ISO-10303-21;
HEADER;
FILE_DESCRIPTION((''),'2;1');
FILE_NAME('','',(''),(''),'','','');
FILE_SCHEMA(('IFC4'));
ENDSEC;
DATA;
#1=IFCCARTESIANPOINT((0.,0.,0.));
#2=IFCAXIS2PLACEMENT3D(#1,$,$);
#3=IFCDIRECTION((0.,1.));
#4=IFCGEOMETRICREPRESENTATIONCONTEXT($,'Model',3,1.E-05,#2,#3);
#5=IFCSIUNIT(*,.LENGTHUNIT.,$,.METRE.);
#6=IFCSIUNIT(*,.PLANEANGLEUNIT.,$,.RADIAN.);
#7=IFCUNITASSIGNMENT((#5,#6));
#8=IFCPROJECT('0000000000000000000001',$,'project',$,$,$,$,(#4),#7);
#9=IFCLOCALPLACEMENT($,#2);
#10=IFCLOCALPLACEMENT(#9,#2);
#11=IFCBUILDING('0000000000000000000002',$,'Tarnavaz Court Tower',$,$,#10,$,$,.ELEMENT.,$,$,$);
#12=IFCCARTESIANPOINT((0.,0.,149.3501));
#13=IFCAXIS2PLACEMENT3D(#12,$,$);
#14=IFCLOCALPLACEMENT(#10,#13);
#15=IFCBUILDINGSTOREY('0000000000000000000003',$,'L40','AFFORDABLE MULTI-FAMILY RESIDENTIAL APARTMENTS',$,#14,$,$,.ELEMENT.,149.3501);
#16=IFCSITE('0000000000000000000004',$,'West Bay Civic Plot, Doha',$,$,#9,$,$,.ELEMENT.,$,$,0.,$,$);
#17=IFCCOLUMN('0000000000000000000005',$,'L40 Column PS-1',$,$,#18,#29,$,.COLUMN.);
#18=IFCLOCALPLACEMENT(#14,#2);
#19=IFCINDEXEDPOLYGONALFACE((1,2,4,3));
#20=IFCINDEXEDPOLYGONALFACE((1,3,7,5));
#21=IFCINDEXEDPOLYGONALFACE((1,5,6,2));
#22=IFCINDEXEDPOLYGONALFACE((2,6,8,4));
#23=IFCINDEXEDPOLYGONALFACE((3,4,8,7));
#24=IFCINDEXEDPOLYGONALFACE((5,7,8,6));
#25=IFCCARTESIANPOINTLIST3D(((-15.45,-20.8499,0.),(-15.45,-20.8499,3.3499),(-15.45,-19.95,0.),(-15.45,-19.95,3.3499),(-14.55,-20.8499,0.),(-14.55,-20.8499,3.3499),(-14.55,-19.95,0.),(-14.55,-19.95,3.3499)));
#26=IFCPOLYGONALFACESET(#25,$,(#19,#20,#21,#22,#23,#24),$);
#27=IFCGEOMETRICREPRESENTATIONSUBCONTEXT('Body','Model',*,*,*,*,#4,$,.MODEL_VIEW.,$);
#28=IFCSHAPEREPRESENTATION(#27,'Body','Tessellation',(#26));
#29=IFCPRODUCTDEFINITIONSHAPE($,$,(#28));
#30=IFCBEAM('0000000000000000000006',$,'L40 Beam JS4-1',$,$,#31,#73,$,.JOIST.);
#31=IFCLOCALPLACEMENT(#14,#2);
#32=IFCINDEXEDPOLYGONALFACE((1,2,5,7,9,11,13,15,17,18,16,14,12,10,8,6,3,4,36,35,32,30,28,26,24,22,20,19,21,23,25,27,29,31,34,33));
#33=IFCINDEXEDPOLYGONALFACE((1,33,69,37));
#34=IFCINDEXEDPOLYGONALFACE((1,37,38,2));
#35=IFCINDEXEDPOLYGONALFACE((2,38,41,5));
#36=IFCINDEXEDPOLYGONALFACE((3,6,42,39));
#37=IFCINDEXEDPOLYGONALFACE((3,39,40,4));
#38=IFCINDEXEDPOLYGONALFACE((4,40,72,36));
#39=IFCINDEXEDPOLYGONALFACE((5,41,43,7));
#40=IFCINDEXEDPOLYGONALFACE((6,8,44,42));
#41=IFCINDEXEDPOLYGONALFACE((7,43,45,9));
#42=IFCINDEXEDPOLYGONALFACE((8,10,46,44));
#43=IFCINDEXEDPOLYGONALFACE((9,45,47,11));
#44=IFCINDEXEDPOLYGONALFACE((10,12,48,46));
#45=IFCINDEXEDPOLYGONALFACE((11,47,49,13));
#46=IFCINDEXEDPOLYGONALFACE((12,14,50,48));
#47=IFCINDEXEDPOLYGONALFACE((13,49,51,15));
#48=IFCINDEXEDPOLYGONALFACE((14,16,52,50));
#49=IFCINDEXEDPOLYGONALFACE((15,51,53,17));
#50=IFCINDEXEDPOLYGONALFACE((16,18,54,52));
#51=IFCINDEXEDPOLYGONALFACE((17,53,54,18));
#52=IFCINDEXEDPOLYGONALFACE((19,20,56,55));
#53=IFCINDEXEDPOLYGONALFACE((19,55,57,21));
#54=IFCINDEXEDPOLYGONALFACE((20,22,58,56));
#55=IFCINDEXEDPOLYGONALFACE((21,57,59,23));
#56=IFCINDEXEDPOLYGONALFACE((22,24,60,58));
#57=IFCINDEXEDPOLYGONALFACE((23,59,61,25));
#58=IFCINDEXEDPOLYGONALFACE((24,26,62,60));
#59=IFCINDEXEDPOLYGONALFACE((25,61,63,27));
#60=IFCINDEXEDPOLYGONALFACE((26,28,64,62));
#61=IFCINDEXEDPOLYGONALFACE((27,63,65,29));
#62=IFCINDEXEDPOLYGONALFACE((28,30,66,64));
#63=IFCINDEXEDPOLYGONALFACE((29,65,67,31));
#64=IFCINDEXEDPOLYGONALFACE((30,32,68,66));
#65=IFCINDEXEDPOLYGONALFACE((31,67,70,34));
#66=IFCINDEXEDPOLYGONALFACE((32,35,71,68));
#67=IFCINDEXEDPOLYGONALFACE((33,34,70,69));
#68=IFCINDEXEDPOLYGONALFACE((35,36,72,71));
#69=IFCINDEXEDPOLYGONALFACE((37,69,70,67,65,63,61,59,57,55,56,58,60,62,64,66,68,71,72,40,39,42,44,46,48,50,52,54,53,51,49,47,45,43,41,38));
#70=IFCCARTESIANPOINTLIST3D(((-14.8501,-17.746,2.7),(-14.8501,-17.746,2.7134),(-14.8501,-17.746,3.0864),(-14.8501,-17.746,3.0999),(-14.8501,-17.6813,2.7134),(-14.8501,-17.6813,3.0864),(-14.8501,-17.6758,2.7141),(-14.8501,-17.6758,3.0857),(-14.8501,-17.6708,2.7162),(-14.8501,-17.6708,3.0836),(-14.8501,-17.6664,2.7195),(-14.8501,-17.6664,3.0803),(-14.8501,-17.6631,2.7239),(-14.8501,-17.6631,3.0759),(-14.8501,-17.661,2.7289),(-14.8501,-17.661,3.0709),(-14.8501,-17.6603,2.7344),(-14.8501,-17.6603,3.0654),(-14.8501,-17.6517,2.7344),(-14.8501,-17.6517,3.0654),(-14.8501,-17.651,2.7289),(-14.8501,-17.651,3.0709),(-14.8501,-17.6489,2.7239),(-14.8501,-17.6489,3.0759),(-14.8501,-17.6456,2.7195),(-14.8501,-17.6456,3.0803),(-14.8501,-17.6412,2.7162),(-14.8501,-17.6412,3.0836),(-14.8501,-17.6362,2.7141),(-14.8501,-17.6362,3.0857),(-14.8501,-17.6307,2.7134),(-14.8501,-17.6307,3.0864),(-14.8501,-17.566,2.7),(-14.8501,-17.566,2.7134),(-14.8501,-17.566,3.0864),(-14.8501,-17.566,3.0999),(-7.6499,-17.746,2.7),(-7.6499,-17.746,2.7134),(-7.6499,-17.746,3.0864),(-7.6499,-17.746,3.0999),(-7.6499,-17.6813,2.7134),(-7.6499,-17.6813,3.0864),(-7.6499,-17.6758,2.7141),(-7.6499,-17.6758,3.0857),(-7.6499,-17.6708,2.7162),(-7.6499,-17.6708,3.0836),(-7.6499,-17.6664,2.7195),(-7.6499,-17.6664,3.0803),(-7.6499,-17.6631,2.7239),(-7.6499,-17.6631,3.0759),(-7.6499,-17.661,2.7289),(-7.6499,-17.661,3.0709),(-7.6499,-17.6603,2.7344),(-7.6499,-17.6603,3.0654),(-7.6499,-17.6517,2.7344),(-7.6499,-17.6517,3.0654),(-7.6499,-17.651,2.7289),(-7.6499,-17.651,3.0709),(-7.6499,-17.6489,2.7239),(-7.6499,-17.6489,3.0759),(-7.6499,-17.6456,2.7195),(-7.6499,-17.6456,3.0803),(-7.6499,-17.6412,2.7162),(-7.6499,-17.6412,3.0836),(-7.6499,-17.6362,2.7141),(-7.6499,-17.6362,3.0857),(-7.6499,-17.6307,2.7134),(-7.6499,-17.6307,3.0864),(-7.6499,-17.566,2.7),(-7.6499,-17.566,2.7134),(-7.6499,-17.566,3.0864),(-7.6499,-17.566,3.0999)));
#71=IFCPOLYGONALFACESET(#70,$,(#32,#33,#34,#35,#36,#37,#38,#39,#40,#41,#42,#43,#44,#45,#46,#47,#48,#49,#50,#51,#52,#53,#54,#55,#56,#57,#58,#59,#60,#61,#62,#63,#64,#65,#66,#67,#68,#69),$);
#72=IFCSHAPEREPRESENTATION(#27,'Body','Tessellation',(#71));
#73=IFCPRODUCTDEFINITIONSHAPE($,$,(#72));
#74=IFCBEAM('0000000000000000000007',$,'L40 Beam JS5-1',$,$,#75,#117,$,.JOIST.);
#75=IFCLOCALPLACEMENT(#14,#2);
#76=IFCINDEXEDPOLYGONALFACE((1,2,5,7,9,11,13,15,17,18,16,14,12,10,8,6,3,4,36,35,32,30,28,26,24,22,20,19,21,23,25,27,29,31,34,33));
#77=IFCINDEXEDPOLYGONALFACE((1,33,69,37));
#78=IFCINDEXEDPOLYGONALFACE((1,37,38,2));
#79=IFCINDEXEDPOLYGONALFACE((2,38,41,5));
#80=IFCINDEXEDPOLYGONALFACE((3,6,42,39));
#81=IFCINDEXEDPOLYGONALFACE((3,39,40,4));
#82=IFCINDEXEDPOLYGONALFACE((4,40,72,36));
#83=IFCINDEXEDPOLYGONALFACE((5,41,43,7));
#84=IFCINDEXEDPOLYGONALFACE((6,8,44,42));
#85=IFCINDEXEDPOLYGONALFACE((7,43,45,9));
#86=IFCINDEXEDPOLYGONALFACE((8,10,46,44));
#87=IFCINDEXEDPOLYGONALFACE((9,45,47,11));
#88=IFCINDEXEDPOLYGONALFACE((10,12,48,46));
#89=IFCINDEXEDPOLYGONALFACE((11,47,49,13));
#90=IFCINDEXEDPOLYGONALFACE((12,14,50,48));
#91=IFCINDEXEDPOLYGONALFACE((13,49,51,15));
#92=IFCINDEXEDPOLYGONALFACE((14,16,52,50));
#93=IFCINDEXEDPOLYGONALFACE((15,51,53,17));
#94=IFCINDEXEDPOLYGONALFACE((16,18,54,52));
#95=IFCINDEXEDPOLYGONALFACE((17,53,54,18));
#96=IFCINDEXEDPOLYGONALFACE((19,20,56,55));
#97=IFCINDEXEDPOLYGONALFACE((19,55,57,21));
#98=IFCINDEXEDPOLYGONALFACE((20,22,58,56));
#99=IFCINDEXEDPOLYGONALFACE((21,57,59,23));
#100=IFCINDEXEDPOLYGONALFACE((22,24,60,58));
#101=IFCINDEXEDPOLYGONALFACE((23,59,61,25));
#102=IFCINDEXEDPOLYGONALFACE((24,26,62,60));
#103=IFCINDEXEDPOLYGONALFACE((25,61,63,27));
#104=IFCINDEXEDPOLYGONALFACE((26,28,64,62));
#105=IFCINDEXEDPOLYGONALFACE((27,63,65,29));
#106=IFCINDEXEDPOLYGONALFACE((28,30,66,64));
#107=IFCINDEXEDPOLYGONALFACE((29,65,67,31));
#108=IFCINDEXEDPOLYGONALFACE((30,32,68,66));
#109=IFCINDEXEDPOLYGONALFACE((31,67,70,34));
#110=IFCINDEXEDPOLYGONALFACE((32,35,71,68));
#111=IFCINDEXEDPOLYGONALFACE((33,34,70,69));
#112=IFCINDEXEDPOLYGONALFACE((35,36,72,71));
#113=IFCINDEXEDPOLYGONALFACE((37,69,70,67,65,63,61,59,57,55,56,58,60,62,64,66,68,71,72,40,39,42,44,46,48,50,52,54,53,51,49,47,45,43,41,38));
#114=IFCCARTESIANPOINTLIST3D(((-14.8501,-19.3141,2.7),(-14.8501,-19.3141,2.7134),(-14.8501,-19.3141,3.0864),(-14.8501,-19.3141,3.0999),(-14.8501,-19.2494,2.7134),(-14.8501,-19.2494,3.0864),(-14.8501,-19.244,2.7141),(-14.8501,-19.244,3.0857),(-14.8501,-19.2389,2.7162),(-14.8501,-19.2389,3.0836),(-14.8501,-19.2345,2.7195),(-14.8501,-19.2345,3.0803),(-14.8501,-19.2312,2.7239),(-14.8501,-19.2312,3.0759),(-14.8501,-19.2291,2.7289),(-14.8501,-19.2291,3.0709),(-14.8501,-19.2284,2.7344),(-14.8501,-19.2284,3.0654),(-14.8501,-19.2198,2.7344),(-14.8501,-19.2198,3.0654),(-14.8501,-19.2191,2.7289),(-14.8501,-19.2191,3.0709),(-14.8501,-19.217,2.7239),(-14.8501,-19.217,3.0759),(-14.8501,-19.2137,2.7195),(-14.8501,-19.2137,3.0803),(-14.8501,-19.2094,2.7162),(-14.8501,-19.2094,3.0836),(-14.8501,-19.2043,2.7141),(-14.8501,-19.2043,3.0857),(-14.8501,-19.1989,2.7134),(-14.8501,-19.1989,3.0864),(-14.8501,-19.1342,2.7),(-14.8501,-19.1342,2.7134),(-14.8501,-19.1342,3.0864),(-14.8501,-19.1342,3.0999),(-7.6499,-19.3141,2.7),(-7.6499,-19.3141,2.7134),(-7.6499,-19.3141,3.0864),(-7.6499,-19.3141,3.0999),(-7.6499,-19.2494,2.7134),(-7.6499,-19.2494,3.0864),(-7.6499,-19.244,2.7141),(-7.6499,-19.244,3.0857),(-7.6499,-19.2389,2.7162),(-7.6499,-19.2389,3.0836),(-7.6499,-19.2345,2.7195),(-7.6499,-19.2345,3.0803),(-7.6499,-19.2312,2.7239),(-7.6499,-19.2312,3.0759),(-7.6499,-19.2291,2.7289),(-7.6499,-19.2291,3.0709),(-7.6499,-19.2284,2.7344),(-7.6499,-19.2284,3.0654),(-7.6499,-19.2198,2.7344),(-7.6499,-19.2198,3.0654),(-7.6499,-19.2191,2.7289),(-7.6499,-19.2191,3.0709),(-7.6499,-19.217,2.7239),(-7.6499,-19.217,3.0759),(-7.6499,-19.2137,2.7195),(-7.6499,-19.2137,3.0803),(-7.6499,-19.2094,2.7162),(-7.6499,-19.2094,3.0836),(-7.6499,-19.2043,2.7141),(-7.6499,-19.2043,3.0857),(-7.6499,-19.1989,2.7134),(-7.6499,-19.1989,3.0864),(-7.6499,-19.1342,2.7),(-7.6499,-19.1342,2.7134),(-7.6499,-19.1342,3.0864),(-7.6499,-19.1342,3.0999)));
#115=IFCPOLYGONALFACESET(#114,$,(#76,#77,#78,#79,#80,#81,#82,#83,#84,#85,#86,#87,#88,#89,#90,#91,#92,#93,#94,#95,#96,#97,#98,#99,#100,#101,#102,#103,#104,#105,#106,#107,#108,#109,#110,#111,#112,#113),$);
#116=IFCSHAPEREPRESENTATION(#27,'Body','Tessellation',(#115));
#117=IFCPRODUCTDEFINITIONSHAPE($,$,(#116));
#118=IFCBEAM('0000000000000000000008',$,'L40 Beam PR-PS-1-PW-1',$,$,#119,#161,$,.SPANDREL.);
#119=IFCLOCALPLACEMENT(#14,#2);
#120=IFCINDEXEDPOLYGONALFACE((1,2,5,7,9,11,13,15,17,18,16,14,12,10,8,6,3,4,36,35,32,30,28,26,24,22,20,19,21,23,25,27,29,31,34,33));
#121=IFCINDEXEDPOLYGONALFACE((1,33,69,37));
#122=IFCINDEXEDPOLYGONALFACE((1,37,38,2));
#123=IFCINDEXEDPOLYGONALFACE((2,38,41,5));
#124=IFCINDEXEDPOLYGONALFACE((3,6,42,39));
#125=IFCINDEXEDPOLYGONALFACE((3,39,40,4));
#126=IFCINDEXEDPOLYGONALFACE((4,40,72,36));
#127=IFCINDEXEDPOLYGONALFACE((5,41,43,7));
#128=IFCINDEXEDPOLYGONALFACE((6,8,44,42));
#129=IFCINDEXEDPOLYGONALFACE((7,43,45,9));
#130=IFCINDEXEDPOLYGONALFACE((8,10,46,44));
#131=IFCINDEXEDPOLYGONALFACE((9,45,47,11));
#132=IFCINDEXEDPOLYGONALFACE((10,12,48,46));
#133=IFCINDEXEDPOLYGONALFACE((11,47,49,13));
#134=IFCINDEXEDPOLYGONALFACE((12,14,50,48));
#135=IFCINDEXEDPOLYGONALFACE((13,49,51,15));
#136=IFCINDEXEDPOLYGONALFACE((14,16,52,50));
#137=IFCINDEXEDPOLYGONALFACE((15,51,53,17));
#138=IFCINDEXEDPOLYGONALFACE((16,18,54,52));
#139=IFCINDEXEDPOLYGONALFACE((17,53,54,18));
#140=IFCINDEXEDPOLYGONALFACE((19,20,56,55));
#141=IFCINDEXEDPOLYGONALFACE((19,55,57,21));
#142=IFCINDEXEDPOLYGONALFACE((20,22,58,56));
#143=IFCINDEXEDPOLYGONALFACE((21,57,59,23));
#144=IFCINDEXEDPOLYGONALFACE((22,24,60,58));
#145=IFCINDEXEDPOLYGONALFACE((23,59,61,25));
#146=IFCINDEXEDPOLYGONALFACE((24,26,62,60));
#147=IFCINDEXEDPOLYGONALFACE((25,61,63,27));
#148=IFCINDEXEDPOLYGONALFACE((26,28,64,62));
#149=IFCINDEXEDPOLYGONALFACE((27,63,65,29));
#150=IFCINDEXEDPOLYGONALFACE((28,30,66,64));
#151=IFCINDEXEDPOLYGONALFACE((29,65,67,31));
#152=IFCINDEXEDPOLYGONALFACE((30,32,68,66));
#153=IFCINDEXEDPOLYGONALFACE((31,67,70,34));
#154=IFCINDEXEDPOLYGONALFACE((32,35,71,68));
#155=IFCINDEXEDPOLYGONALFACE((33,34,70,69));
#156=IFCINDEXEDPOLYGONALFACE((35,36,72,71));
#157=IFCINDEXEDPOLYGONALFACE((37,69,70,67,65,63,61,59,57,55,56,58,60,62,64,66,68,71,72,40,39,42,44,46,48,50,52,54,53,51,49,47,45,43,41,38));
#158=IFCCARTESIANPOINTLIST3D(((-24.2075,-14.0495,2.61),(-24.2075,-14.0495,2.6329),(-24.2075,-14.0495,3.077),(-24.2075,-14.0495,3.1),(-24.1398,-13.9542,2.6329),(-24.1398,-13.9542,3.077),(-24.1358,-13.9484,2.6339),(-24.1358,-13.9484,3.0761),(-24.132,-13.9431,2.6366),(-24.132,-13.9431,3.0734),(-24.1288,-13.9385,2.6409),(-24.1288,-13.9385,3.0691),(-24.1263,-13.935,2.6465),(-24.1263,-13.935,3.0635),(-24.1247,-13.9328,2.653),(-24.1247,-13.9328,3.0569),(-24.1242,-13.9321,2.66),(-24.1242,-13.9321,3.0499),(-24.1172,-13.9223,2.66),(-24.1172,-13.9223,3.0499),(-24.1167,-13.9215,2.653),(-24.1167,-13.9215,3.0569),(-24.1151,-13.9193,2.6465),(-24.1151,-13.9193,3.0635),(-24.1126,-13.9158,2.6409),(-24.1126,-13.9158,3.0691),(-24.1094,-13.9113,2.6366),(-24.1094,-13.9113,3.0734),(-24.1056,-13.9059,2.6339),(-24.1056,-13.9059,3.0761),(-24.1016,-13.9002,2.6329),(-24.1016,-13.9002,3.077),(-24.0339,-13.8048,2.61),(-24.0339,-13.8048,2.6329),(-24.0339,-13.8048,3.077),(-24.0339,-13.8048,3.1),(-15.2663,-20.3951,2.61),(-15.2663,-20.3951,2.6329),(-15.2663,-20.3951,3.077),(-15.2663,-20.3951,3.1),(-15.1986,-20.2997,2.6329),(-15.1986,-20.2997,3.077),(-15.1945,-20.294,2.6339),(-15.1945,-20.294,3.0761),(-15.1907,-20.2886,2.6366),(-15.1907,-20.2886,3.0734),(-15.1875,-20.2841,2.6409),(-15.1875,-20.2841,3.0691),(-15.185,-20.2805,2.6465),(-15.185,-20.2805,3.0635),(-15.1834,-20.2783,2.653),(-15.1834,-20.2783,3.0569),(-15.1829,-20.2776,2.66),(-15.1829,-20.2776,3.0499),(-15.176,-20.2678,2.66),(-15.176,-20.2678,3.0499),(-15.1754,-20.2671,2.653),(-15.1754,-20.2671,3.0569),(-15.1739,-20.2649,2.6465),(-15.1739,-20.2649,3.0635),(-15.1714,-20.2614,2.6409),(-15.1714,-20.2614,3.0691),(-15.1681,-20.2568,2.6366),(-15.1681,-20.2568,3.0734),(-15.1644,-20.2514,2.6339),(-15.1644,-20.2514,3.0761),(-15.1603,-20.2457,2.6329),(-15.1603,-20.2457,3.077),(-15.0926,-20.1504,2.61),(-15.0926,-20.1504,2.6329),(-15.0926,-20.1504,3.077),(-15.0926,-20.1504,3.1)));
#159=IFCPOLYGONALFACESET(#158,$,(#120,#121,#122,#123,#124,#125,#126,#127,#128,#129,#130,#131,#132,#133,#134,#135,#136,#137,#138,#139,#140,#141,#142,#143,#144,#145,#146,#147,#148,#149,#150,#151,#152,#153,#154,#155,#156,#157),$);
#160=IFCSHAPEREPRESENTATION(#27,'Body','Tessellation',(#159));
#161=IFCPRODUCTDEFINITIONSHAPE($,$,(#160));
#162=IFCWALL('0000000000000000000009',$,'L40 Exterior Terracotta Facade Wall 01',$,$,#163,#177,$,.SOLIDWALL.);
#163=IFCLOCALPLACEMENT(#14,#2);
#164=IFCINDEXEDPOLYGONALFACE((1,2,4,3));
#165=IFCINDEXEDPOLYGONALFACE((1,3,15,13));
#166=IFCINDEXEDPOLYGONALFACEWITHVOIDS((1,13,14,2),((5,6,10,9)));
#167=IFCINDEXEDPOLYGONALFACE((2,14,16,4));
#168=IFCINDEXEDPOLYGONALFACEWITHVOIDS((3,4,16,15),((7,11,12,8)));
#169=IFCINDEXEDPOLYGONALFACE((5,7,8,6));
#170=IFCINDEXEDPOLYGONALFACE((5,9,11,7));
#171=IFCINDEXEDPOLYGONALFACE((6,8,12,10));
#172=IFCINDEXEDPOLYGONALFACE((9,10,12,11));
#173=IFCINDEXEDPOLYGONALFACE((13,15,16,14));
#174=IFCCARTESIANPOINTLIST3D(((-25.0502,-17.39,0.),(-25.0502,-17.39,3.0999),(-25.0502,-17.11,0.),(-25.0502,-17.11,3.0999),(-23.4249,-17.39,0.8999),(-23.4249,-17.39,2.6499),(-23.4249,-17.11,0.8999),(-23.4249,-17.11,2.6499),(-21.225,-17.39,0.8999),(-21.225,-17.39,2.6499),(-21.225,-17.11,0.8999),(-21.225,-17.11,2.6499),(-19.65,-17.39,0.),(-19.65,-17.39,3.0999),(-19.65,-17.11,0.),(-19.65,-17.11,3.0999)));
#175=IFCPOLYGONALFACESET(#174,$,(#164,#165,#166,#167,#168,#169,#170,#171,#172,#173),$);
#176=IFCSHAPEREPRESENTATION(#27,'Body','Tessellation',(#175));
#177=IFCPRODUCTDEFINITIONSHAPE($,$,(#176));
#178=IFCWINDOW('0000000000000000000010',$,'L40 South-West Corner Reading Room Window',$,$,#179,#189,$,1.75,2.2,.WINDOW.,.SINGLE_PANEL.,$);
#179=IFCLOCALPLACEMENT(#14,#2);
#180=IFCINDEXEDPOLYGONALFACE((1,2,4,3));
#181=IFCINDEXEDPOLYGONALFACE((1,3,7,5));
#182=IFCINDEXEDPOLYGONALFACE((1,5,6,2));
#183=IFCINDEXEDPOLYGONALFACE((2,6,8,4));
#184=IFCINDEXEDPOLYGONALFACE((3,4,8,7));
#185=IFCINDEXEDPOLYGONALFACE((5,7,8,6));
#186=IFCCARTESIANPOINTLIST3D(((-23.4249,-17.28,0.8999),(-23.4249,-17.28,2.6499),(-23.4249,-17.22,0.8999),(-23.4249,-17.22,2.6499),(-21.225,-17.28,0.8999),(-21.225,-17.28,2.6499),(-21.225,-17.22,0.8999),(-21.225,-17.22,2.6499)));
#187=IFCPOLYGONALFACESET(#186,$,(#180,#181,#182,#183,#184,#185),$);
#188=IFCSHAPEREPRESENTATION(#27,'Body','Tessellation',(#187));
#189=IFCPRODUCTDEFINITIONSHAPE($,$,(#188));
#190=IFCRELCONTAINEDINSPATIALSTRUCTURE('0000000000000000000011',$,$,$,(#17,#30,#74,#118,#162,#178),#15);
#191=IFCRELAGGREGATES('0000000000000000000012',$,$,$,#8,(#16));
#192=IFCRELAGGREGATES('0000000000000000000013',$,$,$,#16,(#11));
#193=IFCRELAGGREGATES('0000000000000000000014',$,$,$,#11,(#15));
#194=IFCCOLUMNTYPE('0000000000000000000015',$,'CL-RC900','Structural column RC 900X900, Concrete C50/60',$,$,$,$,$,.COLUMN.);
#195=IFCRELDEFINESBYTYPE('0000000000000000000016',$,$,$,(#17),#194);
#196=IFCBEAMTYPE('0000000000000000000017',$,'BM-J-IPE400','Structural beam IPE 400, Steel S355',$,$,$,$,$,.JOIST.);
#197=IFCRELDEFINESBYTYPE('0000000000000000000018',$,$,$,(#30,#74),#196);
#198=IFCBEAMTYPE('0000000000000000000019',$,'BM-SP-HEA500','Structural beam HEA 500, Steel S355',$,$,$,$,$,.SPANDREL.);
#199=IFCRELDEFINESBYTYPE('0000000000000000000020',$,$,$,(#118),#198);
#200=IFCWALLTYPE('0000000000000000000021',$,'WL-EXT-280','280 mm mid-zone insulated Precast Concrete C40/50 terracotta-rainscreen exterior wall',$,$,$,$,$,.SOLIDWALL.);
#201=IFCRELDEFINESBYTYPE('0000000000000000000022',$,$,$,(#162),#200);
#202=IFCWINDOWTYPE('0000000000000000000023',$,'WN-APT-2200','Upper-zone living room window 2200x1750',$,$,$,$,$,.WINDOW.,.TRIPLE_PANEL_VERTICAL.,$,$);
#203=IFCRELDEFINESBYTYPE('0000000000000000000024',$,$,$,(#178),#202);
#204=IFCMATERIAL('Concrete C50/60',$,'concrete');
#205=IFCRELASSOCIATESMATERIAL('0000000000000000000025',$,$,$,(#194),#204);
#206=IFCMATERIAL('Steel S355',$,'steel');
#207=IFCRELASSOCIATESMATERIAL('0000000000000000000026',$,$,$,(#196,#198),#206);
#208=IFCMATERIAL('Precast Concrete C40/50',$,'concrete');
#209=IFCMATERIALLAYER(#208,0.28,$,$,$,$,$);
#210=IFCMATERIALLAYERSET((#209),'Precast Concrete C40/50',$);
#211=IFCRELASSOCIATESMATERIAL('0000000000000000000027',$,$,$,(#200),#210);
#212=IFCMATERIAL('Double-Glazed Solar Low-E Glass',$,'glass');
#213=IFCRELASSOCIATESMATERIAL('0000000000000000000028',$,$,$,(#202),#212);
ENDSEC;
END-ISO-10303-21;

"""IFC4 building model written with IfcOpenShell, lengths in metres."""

from ifc_helpers import new_model, si_unit, direction, frame, frame_2d, origin, origin_2d, place, context, subcontext, project, spatial, rectangle, i_section, extrude, material, layer, layer_set, material_profile, profile_set, type_object, element, fill, save


model = new_model("IFC4")

# Units and contexts
model_context = context("Model", 3, precision=1e-05, world=origin(), true_north=direction((0.0, 1.0)))
body_context = subcontext(model_context, "Body", "Model", "MODEL_VIEW")
ifc_project = project(units=[si_unit("LENGTHUNIT", "METRE"), si_unit("PLANEANGLEUNIT", "RADIAN")], contexts=[model_context])

# Site, building, storey
site_placement = place(None, origin())
site = spatial("IfcSite", under=ifc_project, at=site_placement, Name="West Bay Civic Plot, Doha", CompositionType="ELEMENT", RefElevation=0.0)
building_placement = place(site_placement, origin())
building = spatial("IfcBuilding", under=site, at=building_placement, Name="Tarnavaz Court Tower", CompositionType="ELEMENT")
storey_placement = place(building_placement, frame((0.0, 0.0, 149.3501)))
storey = spatial("IfcBuildingStorey", under=building, at=storey_placement, Name="L40", Description="AFFORDABLE MULTI-FAMILY RESIDENTIAL APARTMENTS", CompositionType="ELEMENT", Elevation=149.3501)

# Column
ifc_material_1 = material(Name="Concrete C50/60", Category="concrete")
ifc_material_profile_1 = material_profile(ifc_material_1, rectangle(XDim=0.8999, YDim=0.8999, at=origin_2d()), Name="RC 900X900")
ifc_profile_set_1 = profile_set([ifc_material_profile_1], Name="Concrete C50/60")
column_type = type_object("IfcColumnType", Name="CL-RC900", Description="Structural column RC 900X900, Concrete C50/60", PredefinedType="COLUMN", material=ifc_profile_set_1)
column_placement = place(storey_placement, frame((-15.0, -20.3999, 0.0), z_axis=(0.0, 0.0, 1.0), x_axis=(1.0, 0.0, 0.0)))
element("IfcColumn", 1, at=column_placement, inside=storey, type_object=column_type, Name="L40 Column PS-1", PredefinedType="COLUMN", context=body_context, shape_type="SweptSolid", body=[
    extrude(rectangle(XDim=0.8999, YDim=0.8999, at=origin_2d()), origin(), (0.0, 0.0, 1.0), 3.3499),
])

# Beams
ifc_material_2 = material(Name="Steel S355", Category="steel")
ifc_material_profile_2 = material_profile(ifc_material_2, i_section(OverallWidth=0.1799, OverallDepth=0.3999, WebThickness=0.0085, FlangeThickness=0.0134, FilletRadius=0.021, at=origin_2d()), Name="IPE 400")
ifc_profile_set_2 = profile_set([ifc_material_profile_2], Name="Steel S355")
beam_type_1 = type_object("IfcBeamType", Name="BM-J-IPE400", Description="Structural beam IPE 400, Steel S355", PredefinedType="JOIST", material=ifc_profile_set_2)
for number, where, z_axis, x_axis, name in (
    (2, (-14.8501, -17.656, 2.8999), (1.0, 0.0, 0.0), (0.0, 1.0, 0.0), "L40 Beam JS4-1"),
    (3, (-14.8501, -19.2241, 2.8999), (1.0, 0.0, 0.0), (0.0, 1.0, 0.0), "L40 Beam JS5-1"),
):
    element("IfcBeam", number, at=place(storey_placement, frame(where, z_axis=z_axis, x_axis=x_axis)), inside=storey, type_object=beam_type_1, Name=name, PredefinedType="JOIST", context=body_context, shape_type="SweptSolid", body=[
        extrude(i_section(OverallWidth=0.1799, OverallDepth=0.3999, WebThickness=0.0085, FlangeThickness=0.0134, FilletRadius=0.021, at=origin_2d()), origin(), (0.0, 0.0, 1.0), 7.2002),
    ])
ifc_material_profile_3 = material_profile(ifc_material_2, i_section(OverallWidth=0.3, OverallDepth=0.49, WebThickness=0.012, FlangeThickness=0.0229, FilletRadius=0.0271, at=origin_2d()), Name="HEA 500")
ifc_profile_set_3 = profile_set([ifc_material_profile_3], Name="Steel S355")
beam_type_2 = type_object("IfcBeamType", Name="BM-SP-HEA500", Description="Structural beam HEA 500, Steel S355", PredefinedType="SPANDREL", material=ifc_profile_set_3)
beam_placement = place(storey_placement, frame((-15.1794, -20.2727, 2.855), z_axis=(-0.815502, 0.578754, 0.0), x_axis=(-0.578754, -0.815502, 0.0)))
element("IfcBeam", 4, at=beam_placement, inside=storey, type_object=beam_type_2, Name="L40 Beam PR-PS-1-PW-1", PredefinedType="SPANDREL", context=body_context, shape_type="SweptSolid", body=[
    extrude(i_section(OverallWidth=0.3, OverallDepth=0.49, WebThickness=0.012, FlangeThickness=0.0229, FilletRadius=0.0271, at=origin_2d()), origin(), (0.0, 0.0, 1.0), 10.9641),
])

# Wall, opening, window
ifc_material_3 = material(Name="Precast Concrete C40/50", Category="concrete")
ifc_layer_1 = layer(ifc_material_3, 0.28)
ifc_layer_set_1 = layer_set([ifc_layer_1], Name="Precast Concrete C40/50")
wall_type_1 = type_object("IfcWallType", Name="WL-EXT-280", Description="280 mm mid-zone insulated Precast Concrete C40/50 terracotta-rainscreen exterior wall", PredefinedType="SOLIDWALL", material=ifc_layer_set_1)
wall_1_placement = place(storey_placement, frame((-19.6499, -17.25, 0.0), z_axis=(0.0, 0.0, 1.0), x_axis=(-1.0, 0.0, 0.0)))
wall_1 = element("IfcWall", 5, at=wall_1_placement, inside=storey, type_object=wall_type_1, Name="L40 Exterior Terracotta Facade Wall 01", PredefinedType="SOLIDWALL", context=body_context, shape_type="SweptSolid", body=[
    extrude(rectangle(XDim=5.4001, YDim=0.28, at=frame_2d((2.7002, 0.0))), origin(), (0.0, 0.0, 1.0), 3.0999),
])
opening_1_placement = place(wall_1_placement, frame((1.575, 0.0, 0.8999)))
opening_1 = element("IfcOpeningElement", 6, at=opening_1_placement, cuts=wall_1, PredefinedType="OPENING", context=body_context, shape_type="SweptSolid", body=[
    extrude(rectangle(XDim=2.2, YDim=1.75, at=frame_2d((1.1001, 0.875))), frame((0.0, 0.1499, 0.0), z_axis=(0.0, -1.0, 0.0), x_axis=(1.0, 0.0, 0.0)), (0.0, 0.0, 1.0), 0.3),
])
ifc_material_4 = material(Name="Double-Glazed Solar Low-E Glass", Category="glass")
window_type_1 = type_object("IfcWindowType", Name="WN-APT-2200", Description="Upper-zone living room window 2200x1750", PartitioningType="TRIPLE_PANEL_VERTICAL", PredefinedType="WINDOW", material=ifc_material_4)
window_1_placement = place(opening_1_placement, origin())
window_1 = element("IfcWindow", 7, at=window_1_placement, inside=storey, type_object=window_type_1, Name="L40 South-West Corner Reading Room Window", OverallHeight=1.75, OverallWidth=2.2, PartitioningType="SINGLE_PANEL", PredefinedType="WINDOW", context=body_context, shape_type="SweptSolid", body=[
    extrude(rectangle(XDim=2.2, YDim=1.75, at=frame_2d((1.1001, 0.875))), frame((0.0, 0.03, 0.0), z_axis=(0.0, -1.0, 0.0), x_axis=(1.0, 0.0, 0.0)), (0.0, 0.0, 1.0), 0.0601),
])
fill(opening_1, window_1)

save(model, "model.ifc")
